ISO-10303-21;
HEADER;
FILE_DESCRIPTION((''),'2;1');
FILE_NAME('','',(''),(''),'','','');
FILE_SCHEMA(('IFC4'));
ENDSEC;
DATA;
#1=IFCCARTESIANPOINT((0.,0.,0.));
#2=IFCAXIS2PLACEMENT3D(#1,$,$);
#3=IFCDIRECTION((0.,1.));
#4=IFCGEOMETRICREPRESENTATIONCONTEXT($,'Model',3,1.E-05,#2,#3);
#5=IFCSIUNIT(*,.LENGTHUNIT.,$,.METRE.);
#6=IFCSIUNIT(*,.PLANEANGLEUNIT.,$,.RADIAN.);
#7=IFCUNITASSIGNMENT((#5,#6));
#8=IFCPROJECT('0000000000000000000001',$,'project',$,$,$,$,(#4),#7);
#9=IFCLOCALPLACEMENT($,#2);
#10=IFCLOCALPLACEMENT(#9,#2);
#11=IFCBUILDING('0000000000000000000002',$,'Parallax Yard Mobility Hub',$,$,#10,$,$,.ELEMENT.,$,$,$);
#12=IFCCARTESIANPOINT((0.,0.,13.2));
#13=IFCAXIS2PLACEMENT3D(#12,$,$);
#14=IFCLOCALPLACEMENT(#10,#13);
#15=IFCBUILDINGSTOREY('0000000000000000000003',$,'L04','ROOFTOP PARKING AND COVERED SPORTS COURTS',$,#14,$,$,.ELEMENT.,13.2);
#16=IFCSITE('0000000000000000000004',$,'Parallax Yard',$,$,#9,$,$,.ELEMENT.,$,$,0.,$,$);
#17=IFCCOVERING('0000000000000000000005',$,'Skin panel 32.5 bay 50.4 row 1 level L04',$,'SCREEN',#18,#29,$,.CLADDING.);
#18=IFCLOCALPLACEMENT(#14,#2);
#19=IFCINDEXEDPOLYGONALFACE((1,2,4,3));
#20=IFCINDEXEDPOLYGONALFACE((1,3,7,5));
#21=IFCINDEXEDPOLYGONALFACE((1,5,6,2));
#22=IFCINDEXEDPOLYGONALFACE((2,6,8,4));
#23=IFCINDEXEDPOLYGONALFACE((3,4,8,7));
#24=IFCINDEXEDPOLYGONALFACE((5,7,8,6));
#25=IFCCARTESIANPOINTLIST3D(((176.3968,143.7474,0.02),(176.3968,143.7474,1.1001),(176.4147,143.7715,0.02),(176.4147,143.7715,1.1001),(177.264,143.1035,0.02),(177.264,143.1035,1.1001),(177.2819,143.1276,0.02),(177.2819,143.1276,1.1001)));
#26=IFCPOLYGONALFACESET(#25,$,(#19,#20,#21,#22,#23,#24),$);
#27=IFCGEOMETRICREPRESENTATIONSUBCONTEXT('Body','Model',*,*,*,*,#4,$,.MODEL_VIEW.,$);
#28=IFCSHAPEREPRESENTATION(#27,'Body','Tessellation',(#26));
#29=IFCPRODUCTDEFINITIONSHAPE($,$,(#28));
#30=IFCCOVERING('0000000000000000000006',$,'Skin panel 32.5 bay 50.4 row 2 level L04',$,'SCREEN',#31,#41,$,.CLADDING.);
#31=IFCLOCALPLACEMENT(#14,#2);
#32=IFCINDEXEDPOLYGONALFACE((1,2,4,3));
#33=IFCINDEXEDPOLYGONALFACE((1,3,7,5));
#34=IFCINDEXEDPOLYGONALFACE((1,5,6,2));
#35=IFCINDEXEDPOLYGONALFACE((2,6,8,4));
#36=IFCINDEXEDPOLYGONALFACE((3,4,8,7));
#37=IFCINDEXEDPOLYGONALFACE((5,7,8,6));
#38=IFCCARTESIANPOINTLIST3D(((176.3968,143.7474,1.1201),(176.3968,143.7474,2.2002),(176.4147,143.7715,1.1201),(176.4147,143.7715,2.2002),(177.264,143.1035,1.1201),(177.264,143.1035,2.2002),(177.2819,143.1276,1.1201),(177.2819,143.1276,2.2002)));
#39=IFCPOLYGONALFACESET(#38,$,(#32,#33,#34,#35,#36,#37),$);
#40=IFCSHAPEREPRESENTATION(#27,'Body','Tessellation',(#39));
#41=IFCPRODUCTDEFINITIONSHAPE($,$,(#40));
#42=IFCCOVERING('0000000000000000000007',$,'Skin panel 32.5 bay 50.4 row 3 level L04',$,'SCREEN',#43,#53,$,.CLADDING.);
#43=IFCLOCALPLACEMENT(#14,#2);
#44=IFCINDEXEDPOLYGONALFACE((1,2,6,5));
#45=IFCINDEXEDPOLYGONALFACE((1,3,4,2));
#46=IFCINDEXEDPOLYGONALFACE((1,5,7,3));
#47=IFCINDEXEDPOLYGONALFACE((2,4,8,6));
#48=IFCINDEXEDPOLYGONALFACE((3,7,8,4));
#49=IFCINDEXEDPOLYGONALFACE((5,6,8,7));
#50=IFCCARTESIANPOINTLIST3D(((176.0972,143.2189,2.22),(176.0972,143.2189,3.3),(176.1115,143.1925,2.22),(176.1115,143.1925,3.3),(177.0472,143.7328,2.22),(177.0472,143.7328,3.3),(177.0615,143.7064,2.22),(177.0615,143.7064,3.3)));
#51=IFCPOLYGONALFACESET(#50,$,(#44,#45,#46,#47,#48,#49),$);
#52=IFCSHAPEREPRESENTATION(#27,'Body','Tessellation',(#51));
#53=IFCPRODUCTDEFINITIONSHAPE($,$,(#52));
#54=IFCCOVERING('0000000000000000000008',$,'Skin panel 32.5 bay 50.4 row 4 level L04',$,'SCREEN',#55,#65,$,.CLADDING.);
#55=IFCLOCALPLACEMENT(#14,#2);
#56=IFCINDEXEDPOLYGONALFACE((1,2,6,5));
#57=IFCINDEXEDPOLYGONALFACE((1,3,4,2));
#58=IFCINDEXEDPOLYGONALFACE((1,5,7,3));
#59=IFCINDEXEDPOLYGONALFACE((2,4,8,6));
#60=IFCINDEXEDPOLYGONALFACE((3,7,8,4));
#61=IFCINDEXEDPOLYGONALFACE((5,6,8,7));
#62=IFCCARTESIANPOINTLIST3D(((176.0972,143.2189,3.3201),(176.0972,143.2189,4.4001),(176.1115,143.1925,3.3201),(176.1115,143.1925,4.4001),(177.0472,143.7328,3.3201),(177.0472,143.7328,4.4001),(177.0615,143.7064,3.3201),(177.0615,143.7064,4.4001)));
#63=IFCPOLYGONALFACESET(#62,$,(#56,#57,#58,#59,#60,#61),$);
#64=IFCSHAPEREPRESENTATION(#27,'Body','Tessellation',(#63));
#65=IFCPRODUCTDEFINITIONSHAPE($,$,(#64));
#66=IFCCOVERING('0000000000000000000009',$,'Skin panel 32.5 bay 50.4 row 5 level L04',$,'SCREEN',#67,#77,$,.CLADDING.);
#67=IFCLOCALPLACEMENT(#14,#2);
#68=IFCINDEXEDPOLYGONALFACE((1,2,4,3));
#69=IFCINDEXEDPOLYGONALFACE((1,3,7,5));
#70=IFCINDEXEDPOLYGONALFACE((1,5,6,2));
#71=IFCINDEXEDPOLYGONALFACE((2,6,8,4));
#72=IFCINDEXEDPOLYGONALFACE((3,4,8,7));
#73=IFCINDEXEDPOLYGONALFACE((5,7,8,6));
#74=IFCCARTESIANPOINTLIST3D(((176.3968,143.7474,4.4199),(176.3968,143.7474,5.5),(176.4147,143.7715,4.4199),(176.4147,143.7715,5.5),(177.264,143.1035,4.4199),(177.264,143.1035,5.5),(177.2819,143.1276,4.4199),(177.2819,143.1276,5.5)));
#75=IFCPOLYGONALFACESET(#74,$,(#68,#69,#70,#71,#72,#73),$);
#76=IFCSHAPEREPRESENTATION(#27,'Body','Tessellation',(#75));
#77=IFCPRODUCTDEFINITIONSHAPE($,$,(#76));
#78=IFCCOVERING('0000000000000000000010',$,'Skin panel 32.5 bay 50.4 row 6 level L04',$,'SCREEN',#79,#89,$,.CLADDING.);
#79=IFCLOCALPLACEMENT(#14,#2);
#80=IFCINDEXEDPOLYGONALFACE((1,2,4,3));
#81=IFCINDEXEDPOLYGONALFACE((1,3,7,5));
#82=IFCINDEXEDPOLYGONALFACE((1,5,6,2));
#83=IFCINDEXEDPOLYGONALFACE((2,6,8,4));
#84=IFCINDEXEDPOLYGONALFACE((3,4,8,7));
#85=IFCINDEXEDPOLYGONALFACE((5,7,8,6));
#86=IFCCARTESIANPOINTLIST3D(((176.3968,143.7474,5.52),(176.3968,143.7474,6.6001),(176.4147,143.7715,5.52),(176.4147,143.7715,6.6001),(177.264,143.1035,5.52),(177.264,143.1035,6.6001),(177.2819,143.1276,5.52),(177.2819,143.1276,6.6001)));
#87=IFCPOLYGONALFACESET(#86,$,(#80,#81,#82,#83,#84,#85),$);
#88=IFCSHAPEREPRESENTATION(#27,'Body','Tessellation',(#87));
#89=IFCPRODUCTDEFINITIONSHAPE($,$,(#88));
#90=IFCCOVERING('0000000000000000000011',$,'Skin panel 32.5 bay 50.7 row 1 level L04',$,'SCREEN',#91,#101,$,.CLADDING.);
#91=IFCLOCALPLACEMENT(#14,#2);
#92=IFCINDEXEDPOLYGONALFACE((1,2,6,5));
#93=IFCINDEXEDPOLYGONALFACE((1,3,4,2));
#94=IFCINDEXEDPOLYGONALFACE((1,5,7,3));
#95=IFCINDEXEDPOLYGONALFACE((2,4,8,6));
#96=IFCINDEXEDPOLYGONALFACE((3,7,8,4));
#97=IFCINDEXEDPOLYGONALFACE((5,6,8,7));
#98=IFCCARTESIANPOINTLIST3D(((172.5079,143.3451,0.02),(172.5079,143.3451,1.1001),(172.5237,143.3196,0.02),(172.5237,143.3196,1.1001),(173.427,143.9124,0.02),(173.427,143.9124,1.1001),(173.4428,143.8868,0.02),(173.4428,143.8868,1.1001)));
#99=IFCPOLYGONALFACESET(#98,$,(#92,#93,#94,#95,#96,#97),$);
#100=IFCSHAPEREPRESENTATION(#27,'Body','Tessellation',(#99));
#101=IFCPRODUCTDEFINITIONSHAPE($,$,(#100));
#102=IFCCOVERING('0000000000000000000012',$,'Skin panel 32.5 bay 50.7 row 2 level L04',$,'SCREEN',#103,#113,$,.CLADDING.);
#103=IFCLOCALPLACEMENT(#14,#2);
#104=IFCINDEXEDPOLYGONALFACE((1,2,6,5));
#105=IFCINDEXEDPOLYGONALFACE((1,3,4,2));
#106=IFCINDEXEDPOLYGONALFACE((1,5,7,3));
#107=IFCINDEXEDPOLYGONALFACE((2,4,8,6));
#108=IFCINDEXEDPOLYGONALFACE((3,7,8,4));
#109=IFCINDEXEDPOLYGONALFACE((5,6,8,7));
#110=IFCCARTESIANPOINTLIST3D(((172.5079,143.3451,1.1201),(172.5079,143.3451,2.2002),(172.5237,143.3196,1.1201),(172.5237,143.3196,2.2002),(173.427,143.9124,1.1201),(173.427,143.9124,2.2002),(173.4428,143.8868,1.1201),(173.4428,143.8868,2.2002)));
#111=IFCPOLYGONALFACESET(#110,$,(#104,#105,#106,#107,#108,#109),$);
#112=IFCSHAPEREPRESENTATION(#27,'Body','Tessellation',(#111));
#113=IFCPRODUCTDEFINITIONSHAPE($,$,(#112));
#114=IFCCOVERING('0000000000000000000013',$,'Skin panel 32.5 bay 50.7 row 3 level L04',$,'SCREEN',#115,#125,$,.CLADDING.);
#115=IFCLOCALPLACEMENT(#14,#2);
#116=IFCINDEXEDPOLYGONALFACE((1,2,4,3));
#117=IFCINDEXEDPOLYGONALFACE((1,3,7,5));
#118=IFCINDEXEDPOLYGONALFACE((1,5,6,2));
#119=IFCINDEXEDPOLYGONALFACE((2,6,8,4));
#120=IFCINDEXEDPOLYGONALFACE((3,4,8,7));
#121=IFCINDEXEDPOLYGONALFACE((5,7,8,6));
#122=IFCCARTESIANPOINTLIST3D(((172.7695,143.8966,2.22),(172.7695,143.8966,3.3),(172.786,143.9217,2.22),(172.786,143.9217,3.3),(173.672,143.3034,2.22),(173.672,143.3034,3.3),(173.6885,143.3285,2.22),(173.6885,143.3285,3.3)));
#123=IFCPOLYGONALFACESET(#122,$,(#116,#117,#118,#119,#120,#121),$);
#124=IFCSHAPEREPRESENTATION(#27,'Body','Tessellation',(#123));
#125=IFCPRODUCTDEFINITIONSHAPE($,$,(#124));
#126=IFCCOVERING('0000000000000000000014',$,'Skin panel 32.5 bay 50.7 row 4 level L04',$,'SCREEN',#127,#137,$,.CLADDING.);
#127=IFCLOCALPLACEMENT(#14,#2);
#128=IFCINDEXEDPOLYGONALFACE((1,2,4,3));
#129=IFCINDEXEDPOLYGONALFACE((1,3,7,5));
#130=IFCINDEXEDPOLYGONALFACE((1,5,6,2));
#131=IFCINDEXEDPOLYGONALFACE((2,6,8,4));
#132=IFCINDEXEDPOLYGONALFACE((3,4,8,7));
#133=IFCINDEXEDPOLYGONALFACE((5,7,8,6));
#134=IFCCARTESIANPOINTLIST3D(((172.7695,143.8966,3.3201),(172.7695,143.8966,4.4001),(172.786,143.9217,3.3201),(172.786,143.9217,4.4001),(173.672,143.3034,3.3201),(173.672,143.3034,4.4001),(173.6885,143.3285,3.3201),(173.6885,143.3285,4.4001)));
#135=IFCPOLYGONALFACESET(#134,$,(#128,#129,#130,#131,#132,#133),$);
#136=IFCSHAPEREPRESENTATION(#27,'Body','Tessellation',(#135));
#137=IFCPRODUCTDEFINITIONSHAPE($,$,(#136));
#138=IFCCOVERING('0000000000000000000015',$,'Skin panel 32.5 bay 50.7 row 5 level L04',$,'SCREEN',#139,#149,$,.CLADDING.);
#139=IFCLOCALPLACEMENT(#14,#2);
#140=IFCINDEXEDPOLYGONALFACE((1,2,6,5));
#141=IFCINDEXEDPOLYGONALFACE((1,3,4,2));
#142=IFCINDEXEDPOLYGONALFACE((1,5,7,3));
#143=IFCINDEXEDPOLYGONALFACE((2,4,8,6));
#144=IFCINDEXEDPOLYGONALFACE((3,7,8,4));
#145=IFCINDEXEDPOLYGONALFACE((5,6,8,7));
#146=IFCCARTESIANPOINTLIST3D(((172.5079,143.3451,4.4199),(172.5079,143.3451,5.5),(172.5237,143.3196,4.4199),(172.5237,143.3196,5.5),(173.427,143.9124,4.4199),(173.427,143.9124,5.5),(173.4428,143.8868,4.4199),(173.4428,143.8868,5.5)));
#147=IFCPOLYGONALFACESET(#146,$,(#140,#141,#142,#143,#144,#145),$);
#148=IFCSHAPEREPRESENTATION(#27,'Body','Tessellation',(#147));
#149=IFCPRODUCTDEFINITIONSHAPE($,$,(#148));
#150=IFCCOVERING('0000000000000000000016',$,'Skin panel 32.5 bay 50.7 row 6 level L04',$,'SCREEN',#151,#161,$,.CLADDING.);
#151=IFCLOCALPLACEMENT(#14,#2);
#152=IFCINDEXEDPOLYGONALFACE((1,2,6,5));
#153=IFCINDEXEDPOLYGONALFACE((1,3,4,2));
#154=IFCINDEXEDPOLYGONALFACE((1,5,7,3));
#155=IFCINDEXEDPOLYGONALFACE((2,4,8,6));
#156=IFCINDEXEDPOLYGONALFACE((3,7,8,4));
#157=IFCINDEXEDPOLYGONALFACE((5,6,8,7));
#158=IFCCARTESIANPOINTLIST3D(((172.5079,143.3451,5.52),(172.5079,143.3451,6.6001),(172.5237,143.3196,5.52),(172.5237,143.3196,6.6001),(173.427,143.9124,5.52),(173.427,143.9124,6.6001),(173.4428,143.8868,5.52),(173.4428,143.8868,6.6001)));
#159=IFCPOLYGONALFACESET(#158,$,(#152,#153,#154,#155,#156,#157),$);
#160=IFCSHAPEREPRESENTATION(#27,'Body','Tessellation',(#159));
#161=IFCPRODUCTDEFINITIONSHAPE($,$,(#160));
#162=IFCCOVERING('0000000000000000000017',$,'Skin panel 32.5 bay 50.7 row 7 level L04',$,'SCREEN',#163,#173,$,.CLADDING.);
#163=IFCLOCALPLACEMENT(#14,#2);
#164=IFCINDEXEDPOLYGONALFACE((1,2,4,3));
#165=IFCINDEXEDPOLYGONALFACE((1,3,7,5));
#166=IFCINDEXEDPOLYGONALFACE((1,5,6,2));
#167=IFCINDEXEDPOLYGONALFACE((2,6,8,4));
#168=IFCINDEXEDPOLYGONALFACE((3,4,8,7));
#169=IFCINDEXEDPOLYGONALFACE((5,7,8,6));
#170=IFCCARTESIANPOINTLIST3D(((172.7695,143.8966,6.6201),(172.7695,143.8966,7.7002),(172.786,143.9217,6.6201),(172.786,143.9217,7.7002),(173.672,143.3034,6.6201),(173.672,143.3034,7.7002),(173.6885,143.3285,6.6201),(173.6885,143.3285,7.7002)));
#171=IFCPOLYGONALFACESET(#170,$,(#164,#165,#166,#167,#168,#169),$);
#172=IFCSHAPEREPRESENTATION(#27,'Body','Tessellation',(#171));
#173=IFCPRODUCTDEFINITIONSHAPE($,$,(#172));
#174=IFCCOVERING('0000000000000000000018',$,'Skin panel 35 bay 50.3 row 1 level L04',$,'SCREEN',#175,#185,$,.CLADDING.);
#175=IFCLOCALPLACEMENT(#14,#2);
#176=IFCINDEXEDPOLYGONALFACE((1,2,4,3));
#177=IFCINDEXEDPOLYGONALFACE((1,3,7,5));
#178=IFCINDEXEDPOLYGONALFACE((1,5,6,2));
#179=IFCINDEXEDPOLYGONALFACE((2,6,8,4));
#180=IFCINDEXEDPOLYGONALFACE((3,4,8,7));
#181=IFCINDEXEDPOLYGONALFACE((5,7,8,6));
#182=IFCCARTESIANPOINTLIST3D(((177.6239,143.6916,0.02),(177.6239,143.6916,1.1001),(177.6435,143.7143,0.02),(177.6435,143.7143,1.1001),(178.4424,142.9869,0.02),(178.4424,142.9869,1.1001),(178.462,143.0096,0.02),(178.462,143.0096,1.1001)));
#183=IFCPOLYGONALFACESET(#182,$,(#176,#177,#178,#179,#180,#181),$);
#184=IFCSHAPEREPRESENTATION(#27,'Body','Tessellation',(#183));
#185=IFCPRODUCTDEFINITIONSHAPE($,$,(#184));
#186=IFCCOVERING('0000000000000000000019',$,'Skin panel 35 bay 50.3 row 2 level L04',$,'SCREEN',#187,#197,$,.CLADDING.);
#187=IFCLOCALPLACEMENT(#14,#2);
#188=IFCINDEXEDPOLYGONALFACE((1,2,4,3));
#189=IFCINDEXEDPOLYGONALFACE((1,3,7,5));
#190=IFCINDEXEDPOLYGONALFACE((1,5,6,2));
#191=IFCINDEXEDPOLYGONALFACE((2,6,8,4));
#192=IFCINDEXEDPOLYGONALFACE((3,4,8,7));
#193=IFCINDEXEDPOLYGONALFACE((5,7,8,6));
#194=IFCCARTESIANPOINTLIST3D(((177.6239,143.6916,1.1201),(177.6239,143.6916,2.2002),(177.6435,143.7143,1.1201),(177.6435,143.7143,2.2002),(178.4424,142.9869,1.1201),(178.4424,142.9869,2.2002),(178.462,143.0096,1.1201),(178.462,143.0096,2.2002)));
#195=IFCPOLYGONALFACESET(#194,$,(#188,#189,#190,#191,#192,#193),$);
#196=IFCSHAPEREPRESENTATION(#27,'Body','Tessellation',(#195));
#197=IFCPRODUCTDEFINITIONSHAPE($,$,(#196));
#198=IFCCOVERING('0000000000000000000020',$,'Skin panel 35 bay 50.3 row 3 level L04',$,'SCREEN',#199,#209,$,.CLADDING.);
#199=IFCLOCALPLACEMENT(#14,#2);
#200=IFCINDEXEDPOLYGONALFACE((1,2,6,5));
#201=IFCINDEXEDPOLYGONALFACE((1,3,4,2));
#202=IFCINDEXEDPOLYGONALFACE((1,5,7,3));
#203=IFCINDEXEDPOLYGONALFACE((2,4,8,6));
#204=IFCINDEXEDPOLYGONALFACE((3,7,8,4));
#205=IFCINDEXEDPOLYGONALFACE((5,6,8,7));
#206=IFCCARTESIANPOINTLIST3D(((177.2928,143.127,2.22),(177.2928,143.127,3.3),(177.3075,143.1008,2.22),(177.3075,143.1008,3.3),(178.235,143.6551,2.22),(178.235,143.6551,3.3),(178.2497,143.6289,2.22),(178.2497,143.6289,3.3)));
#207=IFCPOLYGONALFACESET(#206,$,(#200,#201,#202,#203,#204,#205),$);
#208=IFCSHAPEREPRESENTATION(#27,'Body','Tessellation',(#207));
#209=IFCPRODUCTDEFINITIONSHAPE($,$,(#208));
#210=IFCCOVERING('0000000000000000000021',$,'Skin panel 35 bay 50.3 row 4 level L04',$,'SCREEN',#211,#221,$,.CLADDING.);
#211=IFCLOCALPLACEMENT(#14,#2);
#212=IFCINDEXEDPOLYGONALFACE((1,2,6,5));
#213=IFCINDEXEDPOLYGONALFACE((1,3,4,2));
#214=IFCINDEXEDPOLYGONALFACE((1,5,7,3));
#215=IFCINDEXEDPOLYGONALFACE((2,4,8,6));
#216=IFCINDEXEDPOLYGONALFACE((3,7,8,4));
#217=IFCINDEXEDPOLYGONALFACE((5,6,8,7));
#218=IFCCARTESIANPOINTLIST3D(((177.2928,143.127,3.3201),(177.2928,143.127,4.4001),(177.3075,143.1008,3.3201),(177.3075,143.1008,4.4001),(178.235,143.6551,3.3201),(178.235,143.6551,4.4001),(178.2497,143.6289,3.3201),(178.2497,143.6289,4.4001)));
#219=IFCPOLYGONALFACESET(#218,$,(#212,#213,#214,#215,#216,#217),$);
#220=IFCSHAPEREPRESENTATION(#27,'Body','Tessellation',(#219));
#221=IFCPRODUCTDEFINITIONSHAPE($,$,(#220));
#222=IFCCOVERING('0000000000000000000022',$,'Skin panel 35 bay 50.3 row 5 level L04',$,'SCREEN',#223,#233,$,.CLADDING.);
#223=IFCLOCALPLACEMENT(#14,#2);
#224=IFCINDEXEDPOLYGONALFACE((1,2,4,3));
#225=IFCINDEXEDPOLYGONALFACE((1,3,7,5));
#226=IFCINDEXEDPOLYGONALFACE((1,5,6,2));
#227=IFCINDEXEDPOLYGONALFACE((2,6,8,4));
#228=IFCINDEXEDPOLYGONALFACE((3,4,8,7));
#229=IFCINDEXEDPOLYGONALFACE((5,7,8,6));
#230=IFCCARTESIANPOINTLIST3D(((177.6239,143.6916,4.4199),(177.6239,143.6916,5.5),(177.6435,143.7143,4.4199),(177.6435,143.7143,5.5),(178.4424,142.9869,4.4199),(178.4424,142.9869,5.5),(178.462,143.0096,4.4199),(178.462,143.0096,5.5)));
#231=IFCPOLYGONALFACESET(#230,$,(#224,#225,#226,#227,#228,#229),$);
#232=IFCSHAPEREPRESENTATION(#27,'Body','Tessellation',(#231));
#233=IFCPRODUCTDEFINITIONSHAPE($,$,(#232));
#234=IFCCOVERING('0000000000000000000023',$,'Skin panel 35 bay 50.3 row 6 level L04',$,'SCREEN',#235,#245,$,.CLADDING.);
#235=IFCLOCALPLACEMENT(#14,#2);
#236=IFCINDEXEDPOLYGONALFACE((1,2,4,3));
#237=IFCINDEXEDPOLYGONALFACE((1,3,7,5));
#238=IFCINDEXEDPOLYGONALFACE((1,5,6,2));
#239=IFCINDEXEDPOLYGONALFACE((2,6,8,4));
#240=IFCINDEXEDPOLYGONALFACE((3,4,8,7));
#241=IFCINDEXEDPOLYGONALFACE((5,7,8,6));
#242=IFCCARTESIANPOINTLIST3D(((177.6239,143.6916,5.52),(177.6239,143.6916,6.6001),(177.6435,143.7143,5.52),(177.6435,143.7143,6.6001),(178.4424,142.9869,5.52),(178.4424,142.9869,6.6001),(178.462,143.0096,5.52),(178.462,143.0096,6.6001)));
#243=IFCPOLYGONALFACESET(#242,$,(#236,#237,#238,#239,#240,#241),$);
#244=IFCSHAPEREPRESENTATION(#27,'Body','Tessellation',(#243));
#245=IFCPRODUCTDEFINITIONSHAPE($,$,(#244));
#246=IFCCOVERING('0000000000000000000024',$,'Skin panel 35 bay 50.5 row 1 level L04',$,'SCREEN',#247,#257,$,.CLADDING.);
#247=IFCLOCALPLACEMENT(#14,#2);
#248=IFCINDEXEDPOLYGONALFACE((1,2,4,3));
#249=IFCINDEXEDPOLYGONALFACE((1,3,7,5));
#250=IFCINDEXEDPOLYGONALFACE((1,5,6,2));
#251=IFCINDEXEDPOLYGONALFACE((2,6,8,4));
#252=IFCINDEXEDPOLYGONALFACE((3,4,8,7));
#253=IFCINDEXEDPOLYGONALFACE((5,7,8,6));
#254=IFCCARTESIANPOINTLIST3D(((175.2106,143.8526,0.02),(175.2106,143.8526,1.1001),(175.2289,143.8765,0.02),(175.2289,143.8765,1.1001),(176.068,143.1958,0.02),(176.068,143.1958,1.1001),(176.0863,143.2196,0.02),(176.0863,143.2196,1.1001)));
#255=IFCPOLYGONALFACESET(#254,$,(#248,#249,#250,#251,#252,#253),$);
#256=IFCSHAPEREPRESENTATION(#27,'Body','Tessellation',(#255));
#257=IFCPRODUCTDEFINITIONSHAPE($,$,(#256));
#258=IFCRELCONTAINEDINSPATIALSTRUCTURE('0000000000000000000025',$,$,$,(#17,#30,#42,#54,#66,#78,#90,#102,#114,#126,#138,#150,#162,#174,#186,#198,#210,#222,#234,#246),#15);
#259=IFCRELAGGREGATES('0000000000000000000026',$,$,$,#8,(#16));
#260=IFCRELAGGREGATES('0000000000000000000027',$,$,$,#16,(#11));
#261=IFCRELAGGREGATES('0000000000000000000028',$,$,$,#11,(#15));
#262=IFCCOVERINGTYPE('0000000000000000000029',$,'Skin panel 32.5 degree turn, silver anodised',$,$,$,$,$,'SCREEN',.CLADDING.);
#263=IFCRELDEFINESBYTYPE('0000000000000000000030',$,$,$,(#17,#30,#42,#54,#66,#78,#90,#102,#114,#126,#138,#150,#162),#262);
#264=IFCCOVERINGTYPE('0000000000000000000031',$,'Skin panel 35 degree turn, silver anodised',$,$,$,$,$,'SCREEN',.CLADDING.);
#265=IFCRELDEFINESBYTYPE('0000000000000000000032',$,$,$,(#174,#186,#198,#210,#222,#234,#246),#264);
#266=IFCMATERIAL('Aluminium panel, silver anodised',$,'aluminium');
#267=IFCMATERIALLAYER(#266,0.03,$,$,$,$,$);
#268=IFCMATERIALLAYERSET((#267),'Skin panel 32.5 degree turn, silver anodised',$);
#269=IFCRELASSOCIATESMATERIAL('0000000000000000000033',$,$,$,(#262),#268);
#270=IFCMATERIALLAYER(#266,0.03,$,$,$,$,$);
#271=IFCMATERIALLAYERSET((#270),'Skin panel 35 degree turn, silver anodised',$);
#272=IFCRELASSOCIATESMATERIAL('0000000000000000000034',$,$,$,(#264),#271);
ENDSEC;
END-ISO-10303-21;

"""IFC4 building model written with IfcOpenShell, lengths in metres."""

from ifc_helpers import new_model, si_unit, direction, frame, origin, origin_2d, place, context, subcontext, project, spatial, rectangle, extrude, material, layer, layer_set, type_object, element, save


model = new_model("IFC4")

# Units and contexts
model_context = context("Model", 3, precision=1e-05, world=origin(), true_north=direction((0.0, 1.0)))
body_context = subcontext(model_context, "Body", "Model", "MODEL_VIEW")
ifc_project = project(units=[si_unit("LENGTHUNIT", "METRE"), si_unit("PLANEANGLEUNIT", "RADIAN")], contexts=[model_context])

# Site, building, storey
site_placement = place(None, origin())
site = spatial("IfcSite", under=ifc_project, at=site_placement, Name="Parallax Yard", CompositionType="ELEMENT", RefElevation=0.0)
building_placement = place(site_placement, origin())
building = spatial("IfcBuilding", under=site, at=building_placement, Name="Parallax Yard Mobility Hub", CompositionType="ELEMENT")
storey_placement = place(building_placement, frame((0.0, 0.0, 13.2)))
storey = spatial("IfcBuildingStorey", under=building, at=storey_placement, Name="L04", Description="ROOFTOP PARKING AND COVERED SPORTS COURTS", CompositionType="ELEMENT", Elevation=13.2)

# Coverings
ifc_material = material(Name="Aluminium panel, silver anodised", Category="aluminium")
ifc_layer_1 = layer(ifc_material, 0.03)
ifc_layer_set_1 = layer_set([ifc_layer_1], Name="Skin panel 32.5 degree turn, silver anodised")
covering_type_1 = type_object("IfcCoveringType", Name="Skin panel 32.5 degree turn, silver anodised", ElementType="SCREEN", PredefinedType="CLADDING", material=ifc_layer_set_1)
for number, where, z_axis, x_axis, name in (
    (1, (176.8394, 143.4375, 0.02), (0.0, 0.0, 1.0), (-0.802912, 0.596097, 0.0), "Skin panel 32.5 bay 50.4 row 1 level L04"),
    (2, (176.8394, 143.4375, 1.1201), (0.0, 0.0, 1.0), (-0.802912, 0.596097, 0.0), "Skin panel 32.5 bay 50.4 row 2 level L04"),
    (3, (176.5793, 143.4626, 2.22), (0.0, 0.0, 1.0), (0.879573, 0.475764, 0.0), "Skin panel 32.5 bay 50.4 row 3 level L04"),
    (4, (176.5793, 143.4626, 3.3201), (0.0, 0.0, 1.0), (0.879573, 0.475764, 0.0), "Skin panel 32.5 bay 50.4 row 4 level L04"),
    (5, (176.8394, 143.4375, 4.4199), (0.0, 0.0, 1.0), (-0.802912, 0.596097, 0.0), "Skin panel 32.5 bay 50.4 row 5 level L04"),
    (6, (176.8394, 143.4375, 5.52), (0.0, 0.0, 1.0), (-0.802912, 0.596097, 0.0), "Skin panel 32.5 bay 50.4 row 6 level L04"),
    (7, (172.9753, 143.616, 0.02), (0.0, 0.0, 1.0), (0.850978, 0.525201, 0.0), "Skin panel 32.5 bay 50.7 row 1 level L04"),
    (8, (172.9753, 143.616, 1.1201), (0.0, 0.0, 1.0), (0.850978, 0.525201, 0.0), "Skin panel 32.5 bay 50.7 row 2 level L04"),
    (9, (173.229, 143.6125, 2.22), (0.0, 0.0, 1.0), (-0.835633, 0.549288, 0.0), "Skin panel 32.5 bay 50.7 row 3 level L04"),
    (10, (173.229, 143.6125, 3.3201), (0.0, 0.0, 1.0), (-0.835633, 0.549288, 0.0), "Skin panel 32.5 bay 50.7 row 4 level L04"),
    (11, (172.9753, 143.616, 4.4199), (0.0, 0.0, 1.0), (0.850978, 0.525201, 0.0), "Skin panel 32.5 bay 50.7 row 5 level L04"),
    (12, (172.9753, 143.616, 5.52), (0.0, 0.0, 1.0), (0.850978, 0.525201, 0.0), "Skin panel 32.5 bay 50.7 row 6 level L04"),
    (13, (173.229, 143.6125, 6.6201), (0.0, 0.0, 1.0), (-0.835633, 0.549288, 0.0), "Skin panel 32.5 bay 50.7 row 7 level L04"),
):
    element("IfcCovering", number, at=place(storey_placement, frame(where, z_axis=z_axis, x_axis=x_axis)), inside=storey, type_object=covering_type_1, Name=name, ObjectType="SCREEN", PredefinedType="CLADDING", context=body_context, shape_type="SweptSolid", body=[
        extrude(rectangle(XDim=1.0801, YDim=0.03, at=origin_2d()), origin(), (0.0, 0.0, 1.0), 1.0801),
    ])
ifc_layer_2 = layer(ifc_material, 0.03)
ifc_layer_set_2 = layer_set([ifc_layer_2], Name="Skin panel 35 degree turn, silver anodised")
covering_type_2 = type_object("IfcCoveringType", Name="Skin panel 35 degree turn, silver anodised", ElementType="SCREEN", PredefinedType="CLADDING", material=ifc_layer_set_2)
for number, where, z_axis, x_axis, name in (
    (14, (178.043, 143.3506, 0.02), (0.0, 0.0, 1.0), (-0.757824, 0.65246, 0.0), "Skin panel 35 bay 50.3 row 1 level L04"),
    (15, (178.043, 143.3506, 1.1201), (0.0, 0.0, 1.0), (-0.757824, 0.65246, 0.0), "Skin panel 35 bay 50.3 row 2 level L04"),
    (16, (177.7712, 143.3779, 2.22), (0.0, 0.0, 1.0), (0.872302, 0.488967, 0.0), "Skin panel 35 bay 50.3 row 3 level L04"),
    (17, (177.7712, 143.3779, 3.3201), (0.0, 0.0, 1.0), (0.872302, 0.488967, 0.0), "Skin panel 35 bay 50.3 row 4 level L04"),
    (18, (178.043, 143.3506, 4.4199), (0.0, 0.0, 1.0), (-0.757824, 0.65246, 0.0), "Skin panel 35 bay 50.3 row 5 level L04"),
    (19, (178.043, 143.3506, 5.52), (0.0, 0.0, 1.0), (-0.757824, 0.65246, 0.0), "Skin panel 35 bay 50.3 row 6 level L04"),
    (20, (175.6484, 143.5361, 0.02), (0.0, 0.0, 1.0), (-0.793837, 0.608131, 0.0), "Skin panel 35 bay 50.5 row 1 level L04"),
):
    element("IfcCovering", number, at=place(storey_placement, frame(where, z_axis=z_axis, x_axis=x_axis)), inside=storey, type_object=covering_type_2, Name=name, ObjectType="SCREEN", PredefinedType="CLADDING", context=body_context, shape_type="SweptSolid", body=[
        extrude(rectangle(XDim=1.0801, YDim=0.03, at=origin_2d()), origin(), (0.0, 0.0, 1.0), 1.0801),
    ])

save(model, "model.ifc")
